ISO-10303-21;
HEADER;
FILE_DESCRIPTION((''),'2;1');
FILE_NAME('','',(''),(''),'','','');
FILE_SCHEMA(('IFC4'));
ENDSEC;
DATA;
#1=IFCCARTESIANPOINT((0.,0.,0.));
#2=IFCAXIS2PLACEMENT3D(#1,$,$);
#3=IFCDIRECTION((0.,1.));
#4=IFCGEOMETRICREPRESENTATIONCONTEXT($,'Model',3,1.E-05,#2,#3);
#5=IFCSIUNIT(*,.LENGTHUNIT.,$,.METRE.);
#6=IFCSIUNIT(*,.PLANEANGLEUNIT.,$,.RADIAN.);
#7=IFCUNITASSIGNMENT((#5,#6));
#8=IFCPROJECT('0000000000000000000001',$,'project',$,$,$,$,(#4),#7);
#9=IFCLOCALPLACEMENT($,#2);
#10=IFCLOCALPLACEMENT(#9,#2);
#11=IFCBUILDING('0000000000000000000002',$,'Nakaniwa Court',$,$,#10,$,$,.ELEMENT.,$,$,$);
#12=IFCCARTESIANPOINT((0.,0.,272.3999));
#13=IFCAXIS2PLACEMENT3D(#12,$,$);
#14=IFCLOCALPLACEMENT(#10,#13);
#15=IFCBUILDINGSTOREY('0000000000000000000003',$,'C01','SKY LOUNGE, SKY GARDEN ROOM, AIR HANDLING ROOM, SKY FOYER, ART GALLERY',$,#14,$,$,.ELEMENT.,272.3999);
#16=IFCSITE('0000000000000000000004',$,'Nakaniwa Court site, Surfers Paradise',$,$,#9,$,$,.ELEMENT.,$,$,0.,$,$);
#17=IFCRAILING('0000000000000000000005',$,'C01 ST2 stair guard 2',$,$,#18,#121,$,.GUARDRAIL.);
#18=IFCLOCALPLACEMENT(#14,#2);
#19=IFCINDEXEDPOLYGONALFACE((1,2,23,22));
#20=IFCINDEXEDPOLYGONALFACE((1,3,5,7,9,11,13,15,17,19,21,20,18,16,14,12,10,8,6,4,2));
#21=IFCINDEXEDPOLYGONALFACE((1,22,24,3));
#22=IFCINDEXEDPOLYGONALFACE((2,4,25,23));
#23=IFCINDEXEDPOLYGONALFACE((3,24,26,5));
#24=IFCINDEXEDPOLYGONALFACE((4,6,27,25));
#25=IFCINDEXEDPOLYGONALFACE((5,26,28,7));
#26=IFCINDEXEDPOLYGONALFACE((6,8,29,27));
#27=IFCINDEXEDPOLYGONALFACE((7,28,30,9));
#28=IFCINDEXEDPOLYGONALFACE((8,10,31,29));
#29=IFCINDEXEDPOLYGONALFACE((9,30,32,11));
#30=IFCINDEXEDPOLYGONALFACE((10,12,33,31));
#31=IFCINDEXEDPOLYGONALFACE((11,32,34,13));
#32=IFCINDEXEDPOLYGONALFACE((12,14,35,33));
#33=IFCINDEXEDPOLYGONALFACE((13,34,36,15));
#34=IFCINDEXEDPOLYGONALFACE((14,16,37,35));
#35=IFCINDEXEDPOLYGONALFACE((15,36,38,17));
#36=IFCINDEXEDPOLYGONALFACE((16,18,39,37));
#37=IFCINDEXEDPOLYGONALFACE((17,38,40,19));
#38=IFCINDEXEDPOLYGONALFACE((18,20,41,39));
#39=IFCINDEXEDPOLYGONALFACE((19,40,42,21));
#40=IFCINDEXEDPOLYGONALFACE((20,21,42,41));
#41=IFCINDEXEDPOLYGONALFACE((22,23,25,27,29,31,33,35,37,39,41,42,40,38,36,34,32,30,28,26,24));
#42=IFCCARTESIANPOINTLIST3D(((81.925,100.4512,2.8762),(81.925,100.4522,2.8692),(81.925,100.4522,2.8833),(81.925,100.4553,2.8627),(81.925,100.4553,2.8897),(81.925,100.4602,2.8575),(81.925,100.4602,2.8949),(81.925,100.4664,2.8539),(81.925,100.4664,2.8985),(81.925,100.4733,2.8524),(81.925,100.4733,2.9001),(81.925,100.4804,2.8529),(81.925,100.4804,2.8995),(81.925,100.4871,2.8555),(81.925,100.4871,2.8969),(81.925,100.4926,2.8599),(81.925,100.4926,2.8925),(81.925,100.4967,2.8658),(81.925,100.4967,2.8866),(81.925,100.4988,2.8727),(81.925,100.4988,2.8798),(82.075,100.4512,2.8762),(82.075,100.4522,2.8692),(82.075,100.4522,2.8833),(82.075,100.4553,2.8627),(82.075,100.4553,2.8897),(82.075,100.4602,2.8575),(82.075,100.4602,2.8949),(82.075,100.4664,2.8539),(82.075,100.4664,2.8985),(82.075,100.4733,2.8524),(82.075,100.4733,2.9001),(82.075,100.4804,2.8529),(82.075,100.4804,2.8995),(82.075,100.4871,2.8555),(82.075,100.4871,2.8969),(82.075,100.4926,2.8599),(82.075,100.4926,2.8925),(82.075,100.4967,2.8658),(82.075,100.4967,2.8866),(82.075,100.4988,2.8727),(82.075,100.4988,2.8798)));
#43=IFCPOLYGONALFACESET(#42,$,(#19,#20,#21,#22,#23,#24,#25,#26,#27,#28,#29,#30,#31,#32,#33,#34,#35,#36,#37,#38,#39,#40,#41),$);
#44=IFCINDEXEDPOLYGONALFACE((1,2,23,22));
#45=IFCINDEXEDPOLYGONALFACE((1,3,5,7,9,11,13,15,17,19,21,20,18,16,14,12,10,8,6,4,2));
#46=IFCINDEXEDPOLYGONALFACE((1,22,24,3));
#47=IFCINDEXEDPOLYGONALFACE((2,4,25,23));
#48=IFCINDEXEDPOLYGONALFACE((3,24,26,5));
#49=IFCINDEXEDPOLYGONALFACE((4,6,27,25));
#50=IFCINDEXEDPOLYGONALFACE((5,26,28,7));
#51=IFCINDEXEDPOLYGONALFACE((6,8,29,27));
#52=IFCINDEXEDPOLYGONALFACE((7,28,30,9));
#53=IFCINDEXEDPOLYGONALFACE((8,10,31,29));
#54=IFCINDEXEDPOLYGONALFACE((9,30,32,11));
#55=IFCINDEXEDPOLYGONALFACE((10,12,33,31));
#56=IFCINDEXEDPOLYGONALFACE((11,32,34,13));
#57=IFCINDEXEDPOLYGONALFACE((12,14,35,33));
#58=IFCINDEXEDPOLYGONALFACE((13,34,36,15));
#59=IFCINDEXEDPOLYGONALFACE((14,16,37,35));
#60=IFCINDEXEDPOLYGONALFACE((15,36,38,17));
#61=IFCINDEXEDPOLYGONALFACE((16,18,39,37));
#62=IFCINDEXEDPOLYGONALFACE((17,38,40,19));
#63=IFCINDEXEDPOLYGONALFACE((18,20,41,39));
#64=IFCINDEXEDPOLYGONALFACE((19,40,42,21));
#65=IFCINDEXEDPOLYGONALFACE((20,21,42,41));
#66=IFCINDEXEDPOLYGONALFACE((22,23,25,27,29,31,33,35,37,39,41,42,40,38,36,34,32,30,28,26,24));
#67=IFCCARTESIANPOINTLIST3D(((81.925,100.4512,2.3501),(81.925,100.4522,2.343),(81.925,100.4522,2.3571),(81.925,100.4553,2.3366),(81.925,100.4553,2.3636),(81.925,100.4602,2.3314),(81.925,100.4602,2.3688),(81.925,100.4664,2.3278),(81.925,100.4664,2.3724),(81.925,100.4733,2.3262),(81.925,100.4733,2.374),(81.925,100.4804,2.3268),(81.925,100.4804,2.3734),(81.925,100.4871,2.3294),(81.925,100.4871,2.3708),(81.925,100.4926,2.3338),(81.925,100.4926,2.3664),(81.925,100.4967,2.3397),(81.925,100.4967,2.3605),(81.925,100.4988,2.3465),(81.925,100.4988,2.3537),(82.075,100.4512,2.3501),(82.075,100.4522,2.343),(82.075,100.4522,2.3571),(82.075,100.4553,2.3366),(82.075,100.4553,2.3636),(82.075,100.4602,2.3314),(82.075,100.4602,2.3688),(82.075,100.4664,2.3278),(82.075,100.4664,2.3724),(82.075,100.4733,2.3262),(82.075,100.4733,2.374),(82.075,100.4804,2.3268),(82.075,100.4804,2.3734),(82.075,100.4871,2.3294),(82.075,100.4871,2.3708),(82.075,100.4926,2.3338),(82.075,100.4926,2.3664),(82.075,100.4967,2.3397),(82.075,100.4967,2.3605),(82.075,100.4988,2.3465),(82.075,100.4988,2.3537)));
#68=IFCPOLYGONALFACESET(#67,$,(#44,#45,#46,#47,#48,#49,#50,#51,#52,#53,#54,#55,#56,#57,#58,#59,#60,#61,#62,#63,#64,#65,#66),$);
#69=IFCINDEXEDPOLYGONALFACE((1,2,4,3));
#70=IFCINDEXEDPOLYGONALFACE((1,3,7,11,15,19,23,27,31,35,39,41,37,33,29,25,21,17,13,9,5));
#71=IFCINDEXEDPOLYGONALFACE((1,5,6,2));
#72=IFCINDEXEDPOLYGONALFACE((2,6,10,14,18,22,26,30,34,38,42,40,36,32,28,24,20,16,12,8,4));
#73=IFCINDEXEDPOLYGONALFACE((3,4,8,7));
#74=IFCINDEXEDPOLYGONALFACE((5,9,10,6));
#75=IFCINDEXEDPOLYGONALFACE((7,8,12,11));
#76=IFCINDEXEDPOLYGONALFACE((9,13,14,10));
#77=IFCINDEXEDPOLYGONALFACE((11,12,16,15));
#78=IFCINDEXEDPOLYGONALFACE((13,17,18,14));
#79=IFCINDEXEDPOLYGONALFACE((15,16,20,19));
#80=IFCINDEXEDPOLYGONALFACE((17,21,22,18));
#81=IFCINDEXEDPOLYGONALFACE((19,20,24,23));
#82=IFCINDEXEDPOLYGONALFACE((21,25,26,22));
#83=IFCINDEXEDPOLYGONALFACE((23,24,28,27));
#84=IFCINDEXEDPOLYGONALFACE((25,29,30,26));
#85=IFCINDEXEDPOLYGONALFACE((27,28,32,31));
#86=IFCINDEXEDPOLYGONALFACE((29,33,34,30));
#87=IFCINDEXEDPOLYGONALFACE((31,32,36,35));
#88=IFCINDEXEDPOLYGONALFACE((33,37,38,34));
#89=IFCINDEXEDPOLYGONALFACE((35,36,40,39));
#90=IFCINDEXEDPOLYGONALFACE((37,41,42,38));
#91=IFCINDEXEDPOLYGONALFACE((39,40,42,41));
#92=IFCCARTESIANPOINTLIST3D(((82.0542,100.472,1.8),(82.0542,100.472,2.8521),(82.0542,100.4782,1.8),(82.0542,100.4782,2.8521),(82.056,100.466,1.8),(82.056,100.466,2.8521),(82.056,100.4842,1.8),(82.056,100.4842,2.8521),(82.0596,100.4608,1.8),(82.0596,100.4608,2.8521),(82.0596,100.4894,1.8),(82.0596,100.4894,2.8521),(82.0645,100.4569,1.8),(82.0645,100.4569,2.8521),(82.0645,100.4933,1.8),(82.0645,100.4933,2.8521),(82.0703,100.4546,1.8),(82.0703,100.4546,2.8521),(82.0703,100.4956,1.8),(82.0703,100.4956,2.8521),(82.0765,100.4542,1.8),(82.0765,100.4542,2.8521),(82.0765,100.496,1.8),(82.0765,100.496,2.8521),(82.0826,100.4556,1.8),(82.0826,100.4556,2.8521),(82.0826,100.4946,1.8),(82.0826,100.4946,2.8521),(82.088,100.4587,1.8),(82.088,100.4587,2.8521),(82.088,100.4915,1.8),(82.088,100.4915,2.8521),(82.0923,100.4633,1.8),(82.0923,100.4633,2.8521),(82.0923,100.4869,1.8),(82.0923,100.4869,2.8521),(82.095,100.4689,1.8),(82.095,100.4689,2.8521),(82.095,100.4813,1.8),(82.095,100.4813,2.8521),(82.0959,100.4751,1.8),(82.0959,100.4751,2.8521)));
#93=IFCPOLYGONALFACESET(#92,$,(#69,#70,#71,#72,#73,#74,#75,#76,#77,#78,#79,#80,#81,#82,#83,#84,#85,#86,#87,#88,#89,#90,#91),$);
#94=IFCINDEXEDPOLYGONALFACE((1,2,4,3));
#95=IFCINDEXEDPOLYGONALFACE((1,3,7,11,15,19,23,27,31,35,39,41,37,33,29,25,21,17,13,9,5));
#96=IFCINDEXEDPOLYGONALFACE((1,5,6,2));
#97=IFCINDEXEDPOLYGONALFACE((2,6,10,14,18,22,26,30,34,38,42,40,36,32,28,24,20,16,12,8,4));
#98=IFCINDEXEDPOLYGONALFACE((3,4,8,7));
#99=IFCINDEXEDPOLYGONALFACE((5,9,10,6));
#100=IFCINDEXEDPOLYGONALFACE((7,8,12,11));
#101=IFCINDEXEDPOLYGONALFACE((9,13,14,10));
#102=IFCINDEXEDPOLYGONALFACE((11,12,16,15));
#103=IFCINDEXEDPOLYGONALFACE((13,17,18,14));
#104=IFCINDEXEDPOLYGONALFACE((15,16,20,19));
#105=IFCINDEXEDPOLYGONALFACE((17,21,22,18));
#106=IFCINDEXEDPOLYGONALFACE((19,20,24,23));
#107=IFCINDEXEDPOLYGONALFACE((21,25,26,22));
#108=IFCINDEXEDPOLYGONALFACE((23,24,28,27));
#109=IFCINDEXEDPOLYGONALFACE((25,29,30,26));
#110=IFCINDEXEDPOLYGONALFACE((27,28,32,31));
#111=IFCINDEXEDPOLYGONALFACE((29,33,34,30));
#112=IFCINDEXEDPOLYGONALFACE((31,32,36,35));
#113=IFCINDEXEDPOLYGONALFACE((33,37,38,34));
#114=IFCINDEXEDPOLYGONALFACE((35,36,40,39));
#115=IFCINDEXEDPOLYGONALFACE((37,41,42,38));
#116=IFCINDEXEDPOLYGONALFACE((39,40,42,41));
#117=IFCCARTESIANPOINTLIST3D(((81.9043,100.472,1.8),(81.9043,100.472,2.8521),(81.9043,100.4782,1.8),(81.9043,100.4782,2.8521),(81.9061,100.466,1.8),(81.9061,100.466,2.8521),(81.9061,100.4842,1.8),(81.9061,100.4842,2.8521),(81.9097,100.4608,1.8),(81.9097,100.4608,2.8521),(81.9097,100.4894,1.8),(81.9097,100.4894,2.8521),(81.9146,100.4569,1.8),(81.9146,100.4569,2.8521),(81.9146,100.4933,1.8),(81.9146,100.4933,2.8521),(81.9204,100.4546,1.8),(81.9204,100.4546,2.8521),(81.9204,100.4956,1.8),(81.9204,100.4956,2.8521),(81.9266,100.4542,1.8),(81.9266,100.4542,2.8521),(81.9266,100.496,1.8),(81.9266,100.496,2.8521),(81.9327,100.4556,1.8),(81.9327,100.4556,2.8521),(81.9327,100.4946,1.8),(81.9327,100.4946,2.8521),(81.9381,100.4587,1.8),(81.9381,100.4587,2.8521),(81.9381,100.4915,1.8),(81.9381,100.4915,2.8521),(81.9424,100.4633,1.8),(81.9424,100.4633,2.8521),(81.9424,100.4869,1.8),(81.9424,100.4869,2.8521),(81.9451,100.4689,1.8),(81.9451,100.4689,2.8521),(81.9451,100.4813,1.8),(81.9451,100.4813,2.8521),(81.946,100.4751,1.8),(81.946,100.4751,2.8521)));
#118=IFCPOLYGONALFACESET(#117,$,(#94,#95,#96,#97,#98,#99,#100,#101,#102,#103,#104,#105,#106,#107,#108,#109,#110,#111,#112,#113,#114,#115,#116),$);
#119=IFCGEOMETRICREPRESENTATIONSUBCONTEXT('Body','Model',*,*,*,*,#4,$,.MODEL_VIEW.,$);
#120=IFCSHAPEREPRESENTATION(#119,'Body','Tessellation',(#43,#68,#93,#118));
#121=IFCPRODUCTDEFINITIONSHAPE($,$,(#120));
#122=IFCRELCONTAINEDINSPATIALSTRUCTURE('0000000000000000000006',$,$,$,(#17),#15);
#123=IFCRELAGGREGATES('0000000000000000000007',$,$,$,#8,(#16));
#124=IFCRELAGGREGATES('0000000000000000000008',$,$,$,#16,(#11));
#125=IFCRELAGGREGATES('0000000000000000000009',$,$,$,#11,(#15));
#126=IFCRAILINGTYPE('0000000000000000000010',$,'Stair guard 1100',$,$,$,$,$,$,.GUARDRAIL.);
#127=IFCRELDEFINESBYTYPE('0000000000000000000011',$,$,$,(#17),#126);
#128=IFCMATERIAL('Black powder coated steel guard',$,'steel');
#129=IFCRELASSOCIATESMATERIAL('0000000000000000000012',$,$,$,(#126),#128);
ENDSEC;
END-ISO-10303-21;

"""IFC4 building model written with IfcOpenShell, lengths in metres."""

from ifc_helpers import new_model, si_unit, direction, frame, origin, origin_2d, place, context, subcontext, project, spatial, circle, extrude, material, type_object, element, save


model = new_model("IFC4")

# Units and contexts
model_context = context("Model", 3, precision=1e-05, world=origin(), true_north=direction((0.0, 1.0)))
body_context = subcontext(model_context, "Body", "Model", "MODEL_VIEW")
ifc_project = project(units=[si_unit("LENGTHUNIT", "METRE"), si_unit("PLANEANGLEUNIT", "RADIAN")], contexts=[model_context])

# Site, building, storey
site_placement = place(None, origin())
site = spatial("IfcSite", under=ifc_project, at=site_placement, Name="Nakaniwa Court site, Surfers Paradise", CompositionType="ELEMENT", RefElevation=0.0)
building_placement = place(site_placement, origin())
building = spatial("IfcBuilding", under=site, at=building_placement, Name="Nakaniwa Court", CompositionType="ELEMENT")
storey_placement = place(building_placement, frame((0.0, 0.0, 272.3999)))
storey = spatial("IfcBuildingStorey", under=building, at=storey_placement, Name="C01", Description="SKY LOUNGE, SKY GARDEN ROOM, AIR HANDLING ROOM, SKY FOYER, ART GALLERY", CompositionType="ELEMENT", Elevation=272.3999)

# Railing
ifc_material_1 = material(Name="Black powder coated steel guard", Category="steel")
railing_type_1 = type_object("IfcRailingType", Name="Stair guard 1100", PredefinedType="GUARDRAIL", material=ifc_material_1)
railing_1_placement = place(storey_placement, frame((82.075, 100.4751, 1.8)))
element("IfcRailing", 1, at=railing_1_placement, inside=storey, type_object=railing_type_1, Name="C01 ST2 stair guard 2", PredefinedType="GUARDRAIL", context=body_context, shape_type="SweptSolid", body=[
    extrude(circle(Radius=0.0239, at=origin_2d()), frame((0.0, 0.0, 1.0762), z_axis=(-1.0, 0.0, 0.0), x_axis=(0.0, -1.0, 0.0)), (0.0, 0.0, 1.0), 0.1499),
    extrude(circle(Radius=0.0239, at=origin_2d()), frame((0.0, 0.0, 0.55), z_axis=(-1.0, 0.0, 0.0), x_axis=(0.0, -1.0, 0.0)), (0.0, 0.0, 1.0), 0.1499),
    extrude(circle(Radius=0.021, at=origin_2d()), origin(), (0.0, 0.0, 1.0), 1.052),
    extrude(circle(Radius=0.021, at=origin_2d()), frame((-0.1499, 0.0, 0.0)), (0.0, 0.0, 1.0), 1.052),
])

save(model, "model.ifc")
